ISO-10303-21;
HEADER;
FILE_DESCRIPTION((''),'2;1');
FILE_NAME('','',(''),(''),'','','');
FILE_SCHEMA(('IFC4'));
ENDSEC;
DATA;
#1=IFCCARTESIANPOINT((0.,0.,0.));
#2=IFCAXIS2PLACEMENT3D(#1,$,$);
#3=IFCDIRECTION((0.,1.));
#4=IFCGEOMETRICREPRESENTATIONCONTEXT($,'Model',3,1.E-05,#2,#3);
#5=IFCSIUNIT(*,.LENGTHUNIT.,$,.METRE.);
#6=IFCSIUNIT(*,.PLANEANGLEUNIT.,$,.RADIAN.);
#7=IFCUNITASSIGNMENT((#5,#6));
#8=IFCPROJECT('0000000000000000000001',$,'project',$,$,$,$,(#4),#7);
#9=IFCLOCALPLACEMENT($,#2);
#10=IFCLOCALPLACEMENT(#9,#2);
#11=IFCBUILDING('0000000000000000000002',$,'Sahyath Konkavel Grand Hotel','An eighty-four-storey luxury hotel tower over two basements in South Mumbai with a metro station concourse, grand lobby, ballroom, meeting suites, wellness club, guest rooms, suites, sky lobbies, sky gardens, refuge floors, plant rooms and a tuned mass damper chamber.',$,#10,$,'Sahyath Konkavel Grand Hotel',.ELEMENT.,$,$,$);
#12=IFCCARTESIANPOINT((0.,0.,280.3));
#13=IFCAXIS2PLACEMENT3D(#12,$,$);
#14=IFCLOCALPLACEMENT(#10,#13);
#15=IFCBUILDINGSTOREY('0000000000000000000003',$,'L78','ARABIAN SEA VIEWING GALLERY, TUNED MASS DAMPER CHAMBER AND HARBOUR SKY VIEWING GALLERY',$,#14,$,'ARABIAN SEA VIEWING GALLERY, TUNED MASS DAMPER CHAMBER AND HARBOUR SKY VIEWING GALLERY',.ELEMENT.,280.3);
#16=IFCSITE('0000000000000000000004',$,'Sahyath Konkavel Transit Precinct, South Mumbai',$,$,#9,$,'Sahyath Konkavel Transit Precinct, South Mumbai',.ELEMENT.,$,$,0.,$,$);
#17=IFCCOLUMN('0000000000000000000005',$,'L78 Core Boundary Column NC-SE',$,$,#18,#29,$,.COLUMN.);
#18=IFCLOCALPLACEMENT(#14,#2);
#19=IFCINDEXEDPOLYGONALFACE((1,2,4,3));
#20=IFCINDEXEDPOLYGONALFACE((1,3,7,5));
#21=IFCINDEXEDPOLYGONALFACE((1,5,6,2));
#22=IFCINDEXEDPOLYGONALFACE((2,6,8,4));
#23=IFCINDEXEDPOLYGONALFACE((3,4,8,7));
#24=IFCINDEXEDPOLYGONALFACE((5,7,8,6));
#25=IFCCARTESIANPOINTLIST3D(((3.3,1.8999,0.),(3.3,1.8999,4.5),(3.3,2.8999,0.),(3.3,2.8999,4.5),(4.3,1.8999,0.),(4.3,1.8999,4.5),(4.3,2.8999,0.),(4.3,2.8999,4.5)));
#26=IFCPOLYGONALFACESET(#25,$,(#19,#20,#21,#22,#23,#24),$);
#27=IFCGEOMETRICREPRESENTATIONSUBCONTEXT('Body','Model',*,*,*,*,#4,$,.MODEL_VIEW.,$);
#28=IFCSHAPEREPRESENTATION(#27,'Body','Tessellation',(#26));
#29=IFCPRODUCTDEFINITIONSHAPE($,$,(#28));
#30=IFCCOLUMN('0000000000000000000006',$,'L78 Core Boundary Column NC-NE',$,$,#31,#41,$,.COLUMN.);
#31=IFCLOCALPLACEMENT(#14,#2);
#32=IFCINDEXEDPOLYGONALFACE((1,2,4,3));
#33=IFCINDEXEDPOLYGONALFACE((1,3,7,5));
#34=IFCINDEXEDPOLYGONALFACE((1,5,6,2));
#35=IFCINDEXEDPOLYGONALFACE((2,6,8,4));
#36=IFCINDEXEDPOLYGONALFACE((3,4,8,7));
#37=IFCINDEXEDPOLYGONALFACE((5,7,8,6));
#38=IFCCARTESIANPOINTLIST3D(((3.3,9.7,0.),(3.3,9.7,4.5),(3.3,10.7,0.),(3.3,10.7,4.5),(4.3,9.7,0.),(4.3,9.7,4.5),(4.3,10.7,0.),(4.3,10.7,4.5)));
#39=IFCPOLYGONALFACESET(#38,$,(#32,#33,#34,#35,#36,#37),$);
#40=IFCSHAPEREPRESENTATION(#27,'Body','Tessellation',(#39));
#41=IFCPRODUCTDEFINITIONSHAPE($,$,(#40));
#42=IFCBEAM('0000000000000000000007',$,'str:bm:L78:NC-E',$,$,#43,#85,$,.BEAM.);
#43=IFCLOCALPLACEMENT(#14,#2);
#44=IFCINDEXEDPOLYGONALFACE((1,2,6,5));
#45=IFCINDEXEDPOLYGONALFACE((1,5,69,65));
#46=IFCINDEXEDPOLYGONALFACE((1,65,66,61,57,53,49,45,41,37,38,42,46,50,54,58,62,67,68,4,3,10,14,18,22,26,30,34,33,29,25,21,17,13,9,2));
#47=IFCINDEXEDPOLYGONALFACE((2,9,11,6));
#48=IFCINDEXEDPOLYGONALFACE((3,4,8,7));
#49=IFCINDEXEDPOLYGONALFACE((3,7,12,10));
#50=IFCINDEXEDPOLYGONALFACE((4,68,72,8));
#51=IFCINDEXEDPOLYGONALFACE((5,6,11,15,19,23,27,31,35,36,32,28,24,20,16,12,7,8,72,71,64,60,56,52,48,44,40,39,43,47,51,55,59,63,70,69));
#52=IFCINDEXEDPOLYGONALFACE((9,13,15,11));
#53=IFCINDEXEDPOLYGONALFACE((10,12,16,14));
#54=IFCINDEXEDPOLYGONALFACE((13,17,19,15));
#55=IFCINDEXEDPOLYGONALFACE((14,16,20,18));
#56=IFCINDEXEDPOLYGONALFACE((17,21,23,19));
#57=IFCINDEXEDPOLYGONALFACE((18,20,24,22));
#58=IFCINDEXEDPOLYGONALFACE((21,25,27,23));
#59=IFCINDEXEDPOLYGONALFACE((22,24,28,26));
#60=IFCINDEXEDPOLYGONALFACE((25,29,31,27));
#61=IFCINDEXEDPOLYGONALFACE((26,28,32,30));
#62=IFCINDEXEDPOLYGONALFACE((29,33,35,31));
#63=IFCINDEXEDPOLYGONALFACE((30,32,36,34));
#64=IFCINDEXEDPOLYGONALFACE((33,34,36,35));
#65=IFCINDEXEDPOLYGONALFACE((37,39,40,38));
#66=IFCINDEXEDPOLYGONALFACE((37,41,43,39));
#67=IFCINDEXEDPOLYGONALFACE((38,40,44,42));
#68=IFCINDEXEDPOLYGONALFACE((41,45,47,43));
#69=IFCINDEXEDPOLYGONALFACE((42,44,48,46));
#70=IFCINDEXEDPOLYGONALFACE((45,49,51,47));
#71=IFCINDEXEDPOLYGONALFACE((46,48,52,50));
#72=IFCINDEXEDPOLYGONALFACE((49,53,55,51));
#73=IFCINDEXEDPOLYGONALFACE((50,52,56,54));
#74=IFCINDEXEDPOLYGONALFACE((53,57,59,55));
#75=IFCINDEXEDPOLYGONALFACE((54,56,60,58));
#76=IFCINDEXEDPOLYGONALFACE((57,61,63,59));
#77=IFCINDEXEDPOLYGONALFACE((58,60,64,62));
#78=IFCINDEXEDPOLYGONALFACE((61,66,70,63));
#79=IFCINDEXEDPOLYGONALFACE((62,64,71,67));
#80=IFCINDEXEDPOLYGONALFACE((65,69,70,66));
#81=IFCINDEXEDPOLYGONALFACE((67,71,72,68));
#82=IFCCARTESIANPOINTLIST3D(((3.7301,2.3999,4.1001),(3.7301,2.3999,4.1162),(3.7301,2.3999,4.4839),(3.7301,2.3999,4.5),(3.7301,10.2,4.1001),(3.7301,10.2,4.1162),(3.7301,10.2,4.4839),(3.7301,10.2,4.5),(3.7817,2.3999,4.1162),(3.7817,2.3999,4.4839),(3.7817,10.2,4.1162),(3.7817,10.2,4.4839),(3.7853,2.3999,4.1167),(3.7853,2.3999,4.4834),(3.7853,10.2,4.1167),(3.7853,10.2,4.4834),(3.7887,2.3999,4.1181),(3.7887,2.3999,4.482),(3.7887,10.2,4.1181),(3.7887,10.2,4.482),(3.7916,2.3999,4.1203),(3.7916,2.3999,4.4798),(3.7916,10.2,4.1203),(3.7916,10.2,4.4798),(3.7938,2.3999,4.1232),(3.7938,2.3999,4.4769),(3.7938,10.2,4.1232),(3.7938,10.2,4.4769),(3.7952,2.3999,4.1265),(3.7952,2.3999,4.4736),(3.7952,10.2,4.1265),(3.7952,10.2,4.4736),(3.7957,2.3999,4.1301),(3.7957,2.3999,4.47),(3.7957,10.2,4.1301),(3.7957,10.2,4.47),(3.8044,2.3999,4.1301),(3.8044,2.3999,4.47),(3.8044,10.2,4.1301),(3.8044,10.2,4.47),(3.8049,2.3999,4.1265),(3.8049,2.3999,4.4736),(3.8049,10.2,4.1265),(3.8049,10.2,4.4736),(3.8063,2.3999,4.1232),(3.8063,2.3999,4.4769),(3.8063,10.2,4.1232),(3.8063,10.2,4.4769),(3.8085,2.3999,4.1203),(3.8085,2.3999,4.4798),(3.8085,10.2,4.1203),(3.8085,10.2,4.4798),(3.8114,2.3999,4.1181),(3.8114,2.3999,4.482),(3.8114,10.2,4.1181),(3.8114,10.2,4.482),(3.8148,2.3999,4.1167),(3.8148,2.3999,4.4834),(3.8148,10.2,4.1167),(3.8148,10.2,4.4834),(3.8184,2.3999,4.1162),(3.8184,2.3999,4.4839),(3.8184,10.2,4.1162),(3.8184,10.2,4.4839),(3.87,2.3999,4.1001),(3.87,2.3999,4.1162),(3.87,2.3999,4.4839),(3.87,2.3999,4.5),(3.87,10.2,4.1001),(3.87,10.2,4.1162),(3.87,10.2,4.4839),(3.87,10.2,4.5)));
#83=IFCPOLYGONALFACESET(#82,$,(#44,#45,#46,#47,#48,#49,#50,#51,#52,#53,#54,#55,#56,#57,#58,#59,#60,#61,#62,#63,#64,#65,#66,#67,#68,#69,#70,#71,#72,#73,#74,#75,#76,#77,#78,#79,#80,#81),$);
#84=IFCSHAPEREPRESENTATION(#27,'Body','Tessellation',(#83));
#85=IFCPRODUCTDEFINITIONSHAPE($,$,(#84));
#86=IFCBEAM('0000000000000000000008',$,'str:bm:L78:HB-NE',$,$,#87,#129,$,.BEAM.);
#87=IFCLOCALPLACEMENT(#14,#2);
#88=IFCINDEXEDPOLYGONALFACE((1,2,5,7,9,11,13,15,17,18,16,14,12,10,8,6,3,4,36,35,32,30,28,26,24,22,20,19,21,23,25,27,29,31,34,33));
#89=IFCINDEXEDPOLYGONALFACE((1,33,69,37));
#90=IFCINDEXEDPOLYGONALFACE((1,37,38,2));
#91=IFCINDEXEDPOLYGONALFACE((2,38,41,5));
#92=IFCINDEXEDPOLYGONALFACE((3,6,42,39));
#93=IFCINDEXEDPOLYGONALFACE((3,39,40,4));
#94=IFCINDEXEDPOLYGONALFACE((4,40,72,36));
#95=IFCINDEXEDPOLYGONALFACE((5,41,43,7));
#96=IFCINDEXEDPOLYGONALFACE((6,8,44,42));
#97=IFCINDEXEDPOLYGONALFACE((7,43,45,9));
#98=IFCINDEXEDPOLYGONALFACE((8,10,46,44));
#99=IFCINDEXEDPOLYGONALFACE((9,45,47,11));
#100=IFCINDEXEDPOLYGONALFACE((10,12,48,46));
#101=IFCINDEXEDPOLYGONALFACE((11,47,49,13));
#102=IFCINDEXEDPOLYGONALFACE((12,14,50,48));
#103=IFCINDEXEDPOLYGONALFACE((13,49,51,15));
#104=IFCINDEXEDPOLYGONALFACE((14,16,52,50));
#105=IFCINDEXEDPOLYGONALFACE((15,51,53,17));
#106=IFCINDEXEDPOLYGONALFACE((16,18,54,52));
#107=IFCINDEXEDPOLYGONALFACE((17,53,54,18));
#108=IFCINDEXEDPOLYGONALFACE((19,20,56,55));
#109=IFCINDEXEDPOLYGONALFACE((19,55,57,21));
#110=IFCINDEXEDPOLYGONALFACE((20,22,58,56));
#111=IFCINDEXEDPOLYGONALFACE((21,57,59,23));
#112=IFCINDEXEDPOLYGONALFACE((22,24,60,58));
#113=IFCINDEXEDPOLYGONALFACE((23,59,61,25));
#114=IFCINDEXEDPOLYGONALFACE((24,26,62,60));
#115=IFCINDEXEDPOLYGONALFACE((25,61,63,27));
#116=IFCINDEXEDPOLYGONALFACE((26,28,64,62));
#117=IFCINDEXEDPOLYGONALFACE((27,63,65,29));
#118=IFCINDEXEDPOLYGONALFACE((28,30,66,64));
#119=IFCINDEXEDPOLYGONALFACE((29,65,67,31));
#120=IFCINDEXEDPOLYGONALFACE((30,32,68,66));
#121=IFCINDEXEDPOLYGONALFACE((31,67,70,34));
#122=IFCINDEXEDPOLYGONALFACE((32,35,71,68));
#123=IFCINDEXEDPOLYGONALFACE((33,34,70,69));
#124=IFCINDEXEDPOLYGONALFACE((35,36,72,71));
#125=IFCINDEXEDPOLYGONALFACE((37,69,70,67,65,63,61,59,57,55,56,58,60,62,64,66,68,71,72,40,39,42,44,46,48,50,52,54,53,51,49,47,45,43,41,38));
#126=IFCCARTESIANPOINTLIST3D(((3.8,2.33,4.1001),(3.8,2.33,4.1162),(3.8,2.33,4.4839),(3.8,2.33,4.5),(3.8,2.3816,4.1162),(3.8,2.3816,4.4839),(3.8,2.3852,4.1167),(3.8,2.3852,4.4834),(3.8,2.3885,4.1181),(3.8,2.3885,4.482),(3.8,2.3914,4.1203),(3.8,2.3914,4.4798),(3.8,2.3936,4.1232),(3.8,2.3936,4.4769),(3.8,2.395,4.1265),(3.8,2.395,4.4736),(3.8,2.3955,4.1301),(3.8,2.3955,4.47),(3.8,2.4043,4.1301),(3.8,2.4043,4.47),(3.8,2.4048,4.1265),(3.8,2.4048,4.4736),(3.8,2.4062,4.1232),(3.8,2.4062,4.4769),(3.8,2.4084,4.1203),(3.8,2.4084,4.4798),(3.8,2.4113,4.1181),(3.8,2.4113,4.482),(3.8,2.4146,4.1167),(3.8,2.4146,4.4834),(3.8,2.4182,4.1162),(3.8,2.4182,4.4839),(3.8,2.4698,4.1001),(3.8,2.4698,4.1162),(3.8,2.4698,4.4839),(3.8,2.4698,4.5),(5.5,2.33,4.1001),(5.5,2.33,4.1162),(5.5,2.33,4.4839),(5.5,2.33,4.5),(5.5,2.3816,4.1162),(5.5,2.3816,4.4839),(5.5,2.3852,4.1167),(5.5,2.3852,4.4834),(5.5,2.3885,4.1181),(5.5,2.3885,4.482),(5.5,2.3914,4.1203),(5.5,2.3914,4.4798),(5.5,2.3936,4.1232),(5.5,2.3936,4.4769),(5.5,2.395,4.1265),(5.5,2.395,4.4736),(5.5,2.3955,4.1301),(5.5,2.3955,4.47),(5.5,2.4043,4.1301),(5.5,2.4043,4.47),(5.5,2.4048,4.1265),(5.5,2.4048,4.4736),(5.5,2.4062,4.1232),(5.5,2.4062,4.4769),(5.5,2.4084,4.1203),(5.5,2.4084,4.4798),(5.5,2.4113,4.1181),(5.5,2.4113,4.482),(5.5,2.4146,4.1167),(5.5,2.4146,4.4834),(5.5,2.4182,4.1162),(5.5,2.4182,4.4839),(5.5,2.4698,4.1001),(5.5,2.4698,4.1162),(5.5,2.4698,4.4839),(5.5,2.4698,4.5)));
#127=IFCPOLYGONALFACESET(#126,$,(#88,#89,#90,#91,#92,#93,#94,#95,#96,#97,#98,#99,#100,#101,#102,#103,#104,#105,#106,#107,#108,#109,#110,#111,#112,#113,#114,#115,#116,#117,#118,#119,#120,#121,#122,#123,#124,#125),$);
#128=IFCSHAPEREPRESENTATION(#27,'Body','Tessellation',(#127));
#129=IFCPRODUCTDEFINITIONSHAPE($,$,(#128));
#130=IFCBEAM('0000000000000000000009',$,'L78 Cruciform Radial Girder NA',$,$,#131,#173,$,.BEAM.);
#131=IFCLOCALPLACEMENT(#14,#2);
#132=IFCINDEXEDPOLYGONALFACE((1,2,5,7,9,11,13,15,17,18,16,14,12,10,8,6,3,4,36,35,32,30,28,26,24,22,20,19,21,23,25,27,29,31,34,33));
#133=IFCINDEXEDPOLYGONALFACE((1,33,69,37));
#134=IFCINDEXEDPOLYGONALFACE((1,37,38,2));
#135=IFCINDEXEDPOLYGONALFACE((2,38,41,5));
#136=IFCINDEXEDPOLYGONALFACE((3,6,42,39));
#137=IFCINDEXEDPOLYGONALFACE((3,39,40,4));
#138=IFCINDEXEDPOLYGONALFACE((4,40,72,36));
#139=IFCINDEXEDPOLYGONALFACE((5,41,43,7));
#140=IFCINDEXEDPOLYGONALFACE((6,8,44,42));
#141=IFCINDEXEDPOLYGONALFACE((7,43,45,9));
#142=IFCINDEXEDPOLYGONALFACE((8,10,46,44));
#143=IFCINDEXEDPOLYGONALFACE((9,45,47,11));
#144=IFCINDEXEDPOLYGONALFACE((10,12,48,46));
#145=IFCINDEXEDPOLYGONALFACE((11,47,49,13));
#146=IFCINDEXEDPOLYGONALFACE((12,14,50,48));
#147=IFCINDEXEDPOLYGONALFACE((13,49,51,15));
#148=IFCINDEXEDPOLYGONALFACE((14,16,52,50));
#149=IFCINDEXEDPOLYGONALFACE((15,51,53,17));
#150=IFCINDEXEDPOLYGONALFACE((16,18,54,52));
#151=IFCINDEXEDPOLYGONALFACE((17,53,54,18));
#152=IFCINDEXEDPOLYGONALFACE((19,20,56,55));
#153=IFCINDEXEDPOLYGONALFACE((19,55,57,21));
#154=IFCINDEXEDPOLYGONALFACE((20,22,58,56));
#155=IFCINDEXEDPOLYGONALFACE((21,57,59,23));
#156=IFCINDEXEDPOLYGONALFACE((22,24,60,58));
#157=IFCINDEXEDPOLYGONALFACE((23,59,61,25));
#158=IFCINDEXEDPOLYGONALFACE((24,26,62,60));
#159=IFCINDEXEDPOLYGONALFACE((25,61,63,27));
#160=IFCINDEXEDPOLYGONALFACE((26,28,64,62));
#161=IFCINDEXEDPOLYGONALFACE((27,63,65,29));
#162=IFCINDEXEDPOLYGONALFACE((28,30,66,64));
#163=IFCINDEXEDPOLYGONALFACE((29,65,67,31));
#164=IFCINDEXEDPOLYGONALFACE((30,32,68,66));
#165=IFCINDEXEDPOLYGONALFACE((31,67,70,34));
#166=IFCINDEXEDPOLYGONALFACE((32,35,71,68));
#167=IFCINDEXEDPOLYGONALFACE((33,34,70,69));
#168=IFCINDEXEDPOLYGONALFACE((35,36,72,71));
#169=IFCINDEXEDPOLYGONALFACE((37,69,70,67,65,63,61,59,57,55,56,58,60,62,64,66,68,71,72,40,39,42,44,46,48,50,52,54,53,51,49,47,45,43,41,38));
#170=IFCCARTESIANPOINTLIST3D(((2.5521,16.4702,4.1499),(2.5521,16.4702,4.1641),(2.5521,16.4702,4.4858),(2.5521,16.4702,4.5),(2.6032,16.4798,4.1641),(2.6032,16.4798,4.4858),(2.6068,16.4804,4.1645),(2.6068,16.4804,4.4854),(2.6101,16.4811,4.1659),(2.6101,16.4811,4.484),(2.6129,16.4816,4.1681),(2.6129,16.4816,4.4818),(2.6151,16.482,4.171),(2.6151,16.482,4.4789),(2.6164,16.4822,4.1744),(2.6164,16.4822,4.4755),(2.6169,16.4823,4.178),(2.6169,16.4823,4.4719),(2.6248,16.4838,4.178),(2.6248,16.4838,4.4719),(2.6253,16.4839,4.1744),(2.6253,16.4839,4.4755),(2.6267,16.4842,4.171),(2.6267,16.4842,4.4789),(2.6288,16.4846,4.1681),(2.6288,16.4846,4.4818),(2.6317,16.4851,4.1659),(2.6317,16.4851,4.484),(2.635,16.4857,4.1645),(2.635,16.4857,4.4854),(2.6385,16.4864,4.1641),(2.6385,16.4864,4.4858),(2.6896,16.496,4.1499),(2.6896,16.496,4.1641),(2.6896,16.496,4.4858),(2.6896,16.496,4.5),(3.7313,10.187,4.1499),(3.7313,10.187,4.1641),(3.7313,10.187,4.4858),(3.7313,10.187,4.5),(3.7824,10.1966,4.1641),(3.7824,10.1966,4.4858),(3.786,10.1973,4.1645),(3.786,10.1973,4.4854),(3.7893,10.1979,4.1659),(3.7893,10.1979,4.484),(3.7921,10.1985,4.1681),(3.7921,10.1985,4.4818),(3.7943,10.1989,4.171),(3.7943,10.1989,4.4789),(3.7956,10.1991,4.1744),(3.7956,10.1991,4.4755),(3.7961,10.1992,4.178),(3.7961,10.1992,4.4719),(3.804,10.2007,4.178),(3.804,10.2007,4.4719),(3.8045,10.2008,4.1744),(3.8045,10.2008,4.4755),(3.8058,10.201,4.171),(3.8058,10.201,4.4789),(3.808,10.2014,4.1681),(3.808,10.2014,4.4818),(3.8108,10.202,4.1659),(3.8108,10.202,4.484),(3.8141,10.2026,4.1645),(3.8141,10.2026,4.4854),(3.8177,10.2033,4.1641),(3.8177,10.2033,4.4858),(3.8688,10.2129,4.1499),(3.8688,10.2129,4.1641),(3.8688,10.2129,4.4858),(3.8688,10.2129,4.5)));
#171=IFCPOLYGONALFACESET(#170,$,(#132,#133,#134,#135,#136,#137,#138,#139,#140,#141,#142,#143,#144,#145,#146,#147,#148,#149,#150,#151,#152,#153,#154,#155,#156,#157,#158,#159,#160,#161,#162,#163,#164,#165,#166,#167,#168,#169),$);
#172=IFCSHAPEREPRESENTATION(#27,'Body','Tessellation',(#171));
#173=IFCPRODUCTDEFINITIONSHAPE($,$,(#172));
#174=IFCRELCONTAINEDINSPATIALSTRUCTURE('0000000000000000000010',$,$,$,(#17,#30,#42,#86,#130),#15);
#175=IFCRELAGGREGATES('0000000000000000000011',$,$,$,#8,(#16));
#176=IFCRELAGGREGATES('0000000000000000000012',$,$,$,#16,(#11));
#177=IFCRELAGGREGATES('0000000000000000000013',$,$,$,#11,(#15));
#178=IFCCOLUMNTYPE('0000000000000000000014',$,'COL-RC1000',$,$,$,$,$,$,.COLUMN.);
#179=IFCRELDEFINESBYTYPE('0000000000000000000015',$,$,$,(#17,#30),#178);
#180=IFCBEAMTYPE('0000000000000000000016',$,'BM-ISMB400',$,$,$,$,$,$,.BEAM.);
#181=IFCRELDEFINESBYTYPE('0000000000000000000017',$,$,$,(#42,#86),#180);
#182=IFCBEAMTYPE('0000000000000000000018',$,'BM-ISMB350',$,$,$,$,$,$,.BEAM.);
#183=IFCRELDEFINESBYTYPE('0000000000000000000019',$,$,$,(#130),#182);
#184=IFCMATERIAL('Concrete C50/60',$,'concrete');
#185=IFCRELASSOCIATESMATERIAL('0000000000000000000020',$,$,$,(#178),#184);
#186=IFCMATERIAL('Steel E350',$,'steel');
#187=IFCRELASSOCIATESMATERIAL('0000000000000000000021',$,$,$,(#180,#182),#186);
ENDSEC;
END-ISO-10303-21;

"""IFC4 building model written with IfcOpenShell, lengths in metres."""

from ifc_helpers import new_model, si_unit, direction, frame, origin, origin_2d, place, context, subcontext, project, spatial, rectangle, i_section, extrude, source, transform, mapped, material, material_profile, profile_set, type_object, element, save


model = new_model("IFC4")

# Units and contexts
model_context = context("Model", 3, precision=1e-05, world=origin(), true_north=direction((0.0, 1.0)))
body_context = subcontext(model_context, "Body", "Model", "MODEL_VIEW")
ifc_project = project(units=[si_unit("LENGTHUNIT", "METRE"), si_unit("PLANEANGLEUNIT", "RADIAN")], contexts=[model_context])

# Site, building, storey
site_placement = place(None, origin())
site = spatial("IfcSite", under=ifc_project, at=site_placement, Name="Sahyath Konkavel Transit Precinct, South Mumbai", LongName="Sahyath Konkavel Transit Precinct, South Mumbai", CompositionType="ELEMENT", RefElevation=0.0)
building_placement = place(site_placement, origin())
building = spatial("IfcBuilding", under=site, at=building_placement, Name="Sahyath Konkavel Grand Hotel", Description="An eighty-four-storey luxury hotel tower over two basements in South Mumbai with a metro station concourse, grand lobby, ballroom, meeting suites, wellness club, guest rooms, suites, sky lobbies, sky gardens, refuge floors, plant rooms and a tuned mass damper chamber.", LongName="Sahyath Konkavel Grand Hotel", CompositionType="ELEMENT")
storey_placement = place(building_placement, frame((0.0, 0.0, 280.3)))
storey = spatial("IfcBuildingStorey", under=building, at=storey_placement, Name="L78", Description="ARABIAN SEA VIEWING GALLERY, TUNED MASS DAMPER CHAMBER AND HARBOUR SKY VIEWING GALLERY", LongName="ARABIAN SEA VIEWING GALLERY, TUNED MASS DAMPER CHAMBER AND HARBOUR SKY VIEWING GALLERY", CompositionType="ELEMENT", Elevation=280.3)

# Columns
ifc_material_1 = material(Name="Concrete C50/60", Category="concrete")
ifc_material_profile_1 = material_profile(ifc_material_1, rectangle(XDim=1.0, YDim=1.0, at=origin_2d()), Name="RC 1000x1000")
ifc_profile_set_1 = profile_set([ifc_material_profile_1], Name="Concrete C50/60")
column_type = type_object("IfcColumnType", Name="COL-RC1000", PredefinedType="COLUMN", material=ifc_profile_set_1)
shared_shape_1 = source(origin(), body_context, "Body", "SweptSolid", [
    extrude(rectangle(XDim=1.0, YDim=1.0, at=origin_2d()), origin(), (0.0, 0.0, 1.0), 4.5),
])
for number, where, z_axis, x_axis, name in (
    (1, (3.8, 2.3999, 0.0), (0.0, 0.0, 1.0), (1.0, 0.0, 0.0), "L78 Core Boundary Column NC-SE"),
    (2, (3.8, 10.2, 0.0), (0.0, 0.0, 1.0), (1.0, 0.0, 0.0), "L78 Core Boundary Column NC-NE"),
):
    element("IfcColumn", number, at=place(storey_placement, frame(where, z_axis=z_axis, x_axis=x_axis)), inside=storey, type_object=column_type, Name=name, PredefinedType="COLUMN", context=body_context, shape_type="MappedRepresentation", body=[
        mapped(shared_shape_1, transform((0.0, 0.0, 0.0), scale=1.0)),
    ])

# Beams
ifc_material_2 = material(Name="Steel E350", Category="steel")
ifc_material_profile_2 = material_profile(ifc_material_2, i_section(OverallWidth=0.1399, OverallDepth=0.3999, WebThickness=0.0088, FlangeThickness=0.0161, FilletRadius=0.0139, at=origin_2d()), Name="ISMB 400")
ifc_profile_set_2 = profile_set([ifc_material_profile_2], Name="Steel E350")
beam_type_1 = type_object("IfcBeamType", Name="BM-ISMB400", PredefinedType="BEAM", material=ifc_profile_set_2)
shared_shape_2 = source(origin(), body_context, "Body", "SweptSolid", [
    extrude(i_section(OverallWidth=0.1399, OverallDepth=0.3999, WebThickness=0.0088, FlangeThickness=0.0161, FilletRadius=0.0139, at=origin_2d()), origin(), (0.0, 0.0, 1.0), 7.8),
])
beam_1_placement = place(storey_placement, frame((3.8, 2.3999, 4.3), z_axis=(0.0, 1.0, 0.0), x_axis=(-1.0, 0.0, 0.0)))
element("IfcBeam", 3, at=beam_1_placement, inside=storey, type_object=beam_type_1, Name="str:bm:L78:NC-E", PredefinedType="BEAM", context=body_context, shape_type="MappedRepresentation", body=[
    mapped(shared_shape_2, transform((0.0, 0.0, 0.0), scale=1.0)),
])
shared_shape_3 = source(origin(), body_context, "Body", "SweptSolid", [
    extrude(i_section(OverallWidth=0.1399, OverallDepth=0.3999, WebThickness=0.0088, FlangeThickness=0.0161, FilletRadius=0.0139, at=origin_2d()), origin(), (0.0, 0.0, 1.0), 1.7),
])
beam_2_placement = place(storey_placement, frame((3.8, 2.3999, 4.3), z_axis=(1.0, 0.0, 0.0), x_axis=(0.0, 1.0, 0.0)))
element("IfcBeam", 4, at=beam_2_placement, inside=storey, type_object=beam_type_1, Name="str:bm:L78:HB-NE", PredefinedType="BEAM", context=body_context, shape_type="MappedRepresentation", body=[
    mapped(shared_shape_3, transform((0.0, 0.0, 0.0), scale=1.0)),
])
ifc_material_profile_3 = material_profile(ifc_material_2, i_section(OverallWidth=0.1399, OverallDepth=0.3501, WebThickness=0.0081, FlangeThickness=0.0142, FilletRadius=0.0139, at=origin_2d()), Name="ISMB 350")
ifc_profile_set_3 = profile_set([ifc_material_profile_3], Name="Steel E350")
beam_type_2 = type_object("IfcBeamType", Name="BM-ISMB350", PredefinedType="BEAM", material=ifc_profile_set_3)
shared_shape_4 = source(origin(), body_context, "Body", "SweptSolid", [
    extrude(i_section(OverallWidth=0.1399, OverallDepth=0.3501, WebThickness=0.0081, FlangeThickness=0.0142, FilletRadius=0.0139, at=origin_2d()), origin(), (0.0, 0.0, 1.0), 6.3928),
])
beam_3_placement = place(storey_placement, frame((3.8, 10.2, 4.325), z_axis=(-0.184455, 0.982841, 0.0), x_axis=(-0.982841, -0.184455, 0.0)))
element("IfcBeam", 5, at=beam_3_placement, inside=storey, type_object=beam_type_2, Name="L78 Cruciform Radial Girder NA", PredefinedType="BEAM", context=body_context, shape_type="MappedRepresentation", body=[
    mapped(shared_shape_4, transform((0.0, 0.0, 0.0), scale=1.0)),
])

save(model, "model.ifc")
